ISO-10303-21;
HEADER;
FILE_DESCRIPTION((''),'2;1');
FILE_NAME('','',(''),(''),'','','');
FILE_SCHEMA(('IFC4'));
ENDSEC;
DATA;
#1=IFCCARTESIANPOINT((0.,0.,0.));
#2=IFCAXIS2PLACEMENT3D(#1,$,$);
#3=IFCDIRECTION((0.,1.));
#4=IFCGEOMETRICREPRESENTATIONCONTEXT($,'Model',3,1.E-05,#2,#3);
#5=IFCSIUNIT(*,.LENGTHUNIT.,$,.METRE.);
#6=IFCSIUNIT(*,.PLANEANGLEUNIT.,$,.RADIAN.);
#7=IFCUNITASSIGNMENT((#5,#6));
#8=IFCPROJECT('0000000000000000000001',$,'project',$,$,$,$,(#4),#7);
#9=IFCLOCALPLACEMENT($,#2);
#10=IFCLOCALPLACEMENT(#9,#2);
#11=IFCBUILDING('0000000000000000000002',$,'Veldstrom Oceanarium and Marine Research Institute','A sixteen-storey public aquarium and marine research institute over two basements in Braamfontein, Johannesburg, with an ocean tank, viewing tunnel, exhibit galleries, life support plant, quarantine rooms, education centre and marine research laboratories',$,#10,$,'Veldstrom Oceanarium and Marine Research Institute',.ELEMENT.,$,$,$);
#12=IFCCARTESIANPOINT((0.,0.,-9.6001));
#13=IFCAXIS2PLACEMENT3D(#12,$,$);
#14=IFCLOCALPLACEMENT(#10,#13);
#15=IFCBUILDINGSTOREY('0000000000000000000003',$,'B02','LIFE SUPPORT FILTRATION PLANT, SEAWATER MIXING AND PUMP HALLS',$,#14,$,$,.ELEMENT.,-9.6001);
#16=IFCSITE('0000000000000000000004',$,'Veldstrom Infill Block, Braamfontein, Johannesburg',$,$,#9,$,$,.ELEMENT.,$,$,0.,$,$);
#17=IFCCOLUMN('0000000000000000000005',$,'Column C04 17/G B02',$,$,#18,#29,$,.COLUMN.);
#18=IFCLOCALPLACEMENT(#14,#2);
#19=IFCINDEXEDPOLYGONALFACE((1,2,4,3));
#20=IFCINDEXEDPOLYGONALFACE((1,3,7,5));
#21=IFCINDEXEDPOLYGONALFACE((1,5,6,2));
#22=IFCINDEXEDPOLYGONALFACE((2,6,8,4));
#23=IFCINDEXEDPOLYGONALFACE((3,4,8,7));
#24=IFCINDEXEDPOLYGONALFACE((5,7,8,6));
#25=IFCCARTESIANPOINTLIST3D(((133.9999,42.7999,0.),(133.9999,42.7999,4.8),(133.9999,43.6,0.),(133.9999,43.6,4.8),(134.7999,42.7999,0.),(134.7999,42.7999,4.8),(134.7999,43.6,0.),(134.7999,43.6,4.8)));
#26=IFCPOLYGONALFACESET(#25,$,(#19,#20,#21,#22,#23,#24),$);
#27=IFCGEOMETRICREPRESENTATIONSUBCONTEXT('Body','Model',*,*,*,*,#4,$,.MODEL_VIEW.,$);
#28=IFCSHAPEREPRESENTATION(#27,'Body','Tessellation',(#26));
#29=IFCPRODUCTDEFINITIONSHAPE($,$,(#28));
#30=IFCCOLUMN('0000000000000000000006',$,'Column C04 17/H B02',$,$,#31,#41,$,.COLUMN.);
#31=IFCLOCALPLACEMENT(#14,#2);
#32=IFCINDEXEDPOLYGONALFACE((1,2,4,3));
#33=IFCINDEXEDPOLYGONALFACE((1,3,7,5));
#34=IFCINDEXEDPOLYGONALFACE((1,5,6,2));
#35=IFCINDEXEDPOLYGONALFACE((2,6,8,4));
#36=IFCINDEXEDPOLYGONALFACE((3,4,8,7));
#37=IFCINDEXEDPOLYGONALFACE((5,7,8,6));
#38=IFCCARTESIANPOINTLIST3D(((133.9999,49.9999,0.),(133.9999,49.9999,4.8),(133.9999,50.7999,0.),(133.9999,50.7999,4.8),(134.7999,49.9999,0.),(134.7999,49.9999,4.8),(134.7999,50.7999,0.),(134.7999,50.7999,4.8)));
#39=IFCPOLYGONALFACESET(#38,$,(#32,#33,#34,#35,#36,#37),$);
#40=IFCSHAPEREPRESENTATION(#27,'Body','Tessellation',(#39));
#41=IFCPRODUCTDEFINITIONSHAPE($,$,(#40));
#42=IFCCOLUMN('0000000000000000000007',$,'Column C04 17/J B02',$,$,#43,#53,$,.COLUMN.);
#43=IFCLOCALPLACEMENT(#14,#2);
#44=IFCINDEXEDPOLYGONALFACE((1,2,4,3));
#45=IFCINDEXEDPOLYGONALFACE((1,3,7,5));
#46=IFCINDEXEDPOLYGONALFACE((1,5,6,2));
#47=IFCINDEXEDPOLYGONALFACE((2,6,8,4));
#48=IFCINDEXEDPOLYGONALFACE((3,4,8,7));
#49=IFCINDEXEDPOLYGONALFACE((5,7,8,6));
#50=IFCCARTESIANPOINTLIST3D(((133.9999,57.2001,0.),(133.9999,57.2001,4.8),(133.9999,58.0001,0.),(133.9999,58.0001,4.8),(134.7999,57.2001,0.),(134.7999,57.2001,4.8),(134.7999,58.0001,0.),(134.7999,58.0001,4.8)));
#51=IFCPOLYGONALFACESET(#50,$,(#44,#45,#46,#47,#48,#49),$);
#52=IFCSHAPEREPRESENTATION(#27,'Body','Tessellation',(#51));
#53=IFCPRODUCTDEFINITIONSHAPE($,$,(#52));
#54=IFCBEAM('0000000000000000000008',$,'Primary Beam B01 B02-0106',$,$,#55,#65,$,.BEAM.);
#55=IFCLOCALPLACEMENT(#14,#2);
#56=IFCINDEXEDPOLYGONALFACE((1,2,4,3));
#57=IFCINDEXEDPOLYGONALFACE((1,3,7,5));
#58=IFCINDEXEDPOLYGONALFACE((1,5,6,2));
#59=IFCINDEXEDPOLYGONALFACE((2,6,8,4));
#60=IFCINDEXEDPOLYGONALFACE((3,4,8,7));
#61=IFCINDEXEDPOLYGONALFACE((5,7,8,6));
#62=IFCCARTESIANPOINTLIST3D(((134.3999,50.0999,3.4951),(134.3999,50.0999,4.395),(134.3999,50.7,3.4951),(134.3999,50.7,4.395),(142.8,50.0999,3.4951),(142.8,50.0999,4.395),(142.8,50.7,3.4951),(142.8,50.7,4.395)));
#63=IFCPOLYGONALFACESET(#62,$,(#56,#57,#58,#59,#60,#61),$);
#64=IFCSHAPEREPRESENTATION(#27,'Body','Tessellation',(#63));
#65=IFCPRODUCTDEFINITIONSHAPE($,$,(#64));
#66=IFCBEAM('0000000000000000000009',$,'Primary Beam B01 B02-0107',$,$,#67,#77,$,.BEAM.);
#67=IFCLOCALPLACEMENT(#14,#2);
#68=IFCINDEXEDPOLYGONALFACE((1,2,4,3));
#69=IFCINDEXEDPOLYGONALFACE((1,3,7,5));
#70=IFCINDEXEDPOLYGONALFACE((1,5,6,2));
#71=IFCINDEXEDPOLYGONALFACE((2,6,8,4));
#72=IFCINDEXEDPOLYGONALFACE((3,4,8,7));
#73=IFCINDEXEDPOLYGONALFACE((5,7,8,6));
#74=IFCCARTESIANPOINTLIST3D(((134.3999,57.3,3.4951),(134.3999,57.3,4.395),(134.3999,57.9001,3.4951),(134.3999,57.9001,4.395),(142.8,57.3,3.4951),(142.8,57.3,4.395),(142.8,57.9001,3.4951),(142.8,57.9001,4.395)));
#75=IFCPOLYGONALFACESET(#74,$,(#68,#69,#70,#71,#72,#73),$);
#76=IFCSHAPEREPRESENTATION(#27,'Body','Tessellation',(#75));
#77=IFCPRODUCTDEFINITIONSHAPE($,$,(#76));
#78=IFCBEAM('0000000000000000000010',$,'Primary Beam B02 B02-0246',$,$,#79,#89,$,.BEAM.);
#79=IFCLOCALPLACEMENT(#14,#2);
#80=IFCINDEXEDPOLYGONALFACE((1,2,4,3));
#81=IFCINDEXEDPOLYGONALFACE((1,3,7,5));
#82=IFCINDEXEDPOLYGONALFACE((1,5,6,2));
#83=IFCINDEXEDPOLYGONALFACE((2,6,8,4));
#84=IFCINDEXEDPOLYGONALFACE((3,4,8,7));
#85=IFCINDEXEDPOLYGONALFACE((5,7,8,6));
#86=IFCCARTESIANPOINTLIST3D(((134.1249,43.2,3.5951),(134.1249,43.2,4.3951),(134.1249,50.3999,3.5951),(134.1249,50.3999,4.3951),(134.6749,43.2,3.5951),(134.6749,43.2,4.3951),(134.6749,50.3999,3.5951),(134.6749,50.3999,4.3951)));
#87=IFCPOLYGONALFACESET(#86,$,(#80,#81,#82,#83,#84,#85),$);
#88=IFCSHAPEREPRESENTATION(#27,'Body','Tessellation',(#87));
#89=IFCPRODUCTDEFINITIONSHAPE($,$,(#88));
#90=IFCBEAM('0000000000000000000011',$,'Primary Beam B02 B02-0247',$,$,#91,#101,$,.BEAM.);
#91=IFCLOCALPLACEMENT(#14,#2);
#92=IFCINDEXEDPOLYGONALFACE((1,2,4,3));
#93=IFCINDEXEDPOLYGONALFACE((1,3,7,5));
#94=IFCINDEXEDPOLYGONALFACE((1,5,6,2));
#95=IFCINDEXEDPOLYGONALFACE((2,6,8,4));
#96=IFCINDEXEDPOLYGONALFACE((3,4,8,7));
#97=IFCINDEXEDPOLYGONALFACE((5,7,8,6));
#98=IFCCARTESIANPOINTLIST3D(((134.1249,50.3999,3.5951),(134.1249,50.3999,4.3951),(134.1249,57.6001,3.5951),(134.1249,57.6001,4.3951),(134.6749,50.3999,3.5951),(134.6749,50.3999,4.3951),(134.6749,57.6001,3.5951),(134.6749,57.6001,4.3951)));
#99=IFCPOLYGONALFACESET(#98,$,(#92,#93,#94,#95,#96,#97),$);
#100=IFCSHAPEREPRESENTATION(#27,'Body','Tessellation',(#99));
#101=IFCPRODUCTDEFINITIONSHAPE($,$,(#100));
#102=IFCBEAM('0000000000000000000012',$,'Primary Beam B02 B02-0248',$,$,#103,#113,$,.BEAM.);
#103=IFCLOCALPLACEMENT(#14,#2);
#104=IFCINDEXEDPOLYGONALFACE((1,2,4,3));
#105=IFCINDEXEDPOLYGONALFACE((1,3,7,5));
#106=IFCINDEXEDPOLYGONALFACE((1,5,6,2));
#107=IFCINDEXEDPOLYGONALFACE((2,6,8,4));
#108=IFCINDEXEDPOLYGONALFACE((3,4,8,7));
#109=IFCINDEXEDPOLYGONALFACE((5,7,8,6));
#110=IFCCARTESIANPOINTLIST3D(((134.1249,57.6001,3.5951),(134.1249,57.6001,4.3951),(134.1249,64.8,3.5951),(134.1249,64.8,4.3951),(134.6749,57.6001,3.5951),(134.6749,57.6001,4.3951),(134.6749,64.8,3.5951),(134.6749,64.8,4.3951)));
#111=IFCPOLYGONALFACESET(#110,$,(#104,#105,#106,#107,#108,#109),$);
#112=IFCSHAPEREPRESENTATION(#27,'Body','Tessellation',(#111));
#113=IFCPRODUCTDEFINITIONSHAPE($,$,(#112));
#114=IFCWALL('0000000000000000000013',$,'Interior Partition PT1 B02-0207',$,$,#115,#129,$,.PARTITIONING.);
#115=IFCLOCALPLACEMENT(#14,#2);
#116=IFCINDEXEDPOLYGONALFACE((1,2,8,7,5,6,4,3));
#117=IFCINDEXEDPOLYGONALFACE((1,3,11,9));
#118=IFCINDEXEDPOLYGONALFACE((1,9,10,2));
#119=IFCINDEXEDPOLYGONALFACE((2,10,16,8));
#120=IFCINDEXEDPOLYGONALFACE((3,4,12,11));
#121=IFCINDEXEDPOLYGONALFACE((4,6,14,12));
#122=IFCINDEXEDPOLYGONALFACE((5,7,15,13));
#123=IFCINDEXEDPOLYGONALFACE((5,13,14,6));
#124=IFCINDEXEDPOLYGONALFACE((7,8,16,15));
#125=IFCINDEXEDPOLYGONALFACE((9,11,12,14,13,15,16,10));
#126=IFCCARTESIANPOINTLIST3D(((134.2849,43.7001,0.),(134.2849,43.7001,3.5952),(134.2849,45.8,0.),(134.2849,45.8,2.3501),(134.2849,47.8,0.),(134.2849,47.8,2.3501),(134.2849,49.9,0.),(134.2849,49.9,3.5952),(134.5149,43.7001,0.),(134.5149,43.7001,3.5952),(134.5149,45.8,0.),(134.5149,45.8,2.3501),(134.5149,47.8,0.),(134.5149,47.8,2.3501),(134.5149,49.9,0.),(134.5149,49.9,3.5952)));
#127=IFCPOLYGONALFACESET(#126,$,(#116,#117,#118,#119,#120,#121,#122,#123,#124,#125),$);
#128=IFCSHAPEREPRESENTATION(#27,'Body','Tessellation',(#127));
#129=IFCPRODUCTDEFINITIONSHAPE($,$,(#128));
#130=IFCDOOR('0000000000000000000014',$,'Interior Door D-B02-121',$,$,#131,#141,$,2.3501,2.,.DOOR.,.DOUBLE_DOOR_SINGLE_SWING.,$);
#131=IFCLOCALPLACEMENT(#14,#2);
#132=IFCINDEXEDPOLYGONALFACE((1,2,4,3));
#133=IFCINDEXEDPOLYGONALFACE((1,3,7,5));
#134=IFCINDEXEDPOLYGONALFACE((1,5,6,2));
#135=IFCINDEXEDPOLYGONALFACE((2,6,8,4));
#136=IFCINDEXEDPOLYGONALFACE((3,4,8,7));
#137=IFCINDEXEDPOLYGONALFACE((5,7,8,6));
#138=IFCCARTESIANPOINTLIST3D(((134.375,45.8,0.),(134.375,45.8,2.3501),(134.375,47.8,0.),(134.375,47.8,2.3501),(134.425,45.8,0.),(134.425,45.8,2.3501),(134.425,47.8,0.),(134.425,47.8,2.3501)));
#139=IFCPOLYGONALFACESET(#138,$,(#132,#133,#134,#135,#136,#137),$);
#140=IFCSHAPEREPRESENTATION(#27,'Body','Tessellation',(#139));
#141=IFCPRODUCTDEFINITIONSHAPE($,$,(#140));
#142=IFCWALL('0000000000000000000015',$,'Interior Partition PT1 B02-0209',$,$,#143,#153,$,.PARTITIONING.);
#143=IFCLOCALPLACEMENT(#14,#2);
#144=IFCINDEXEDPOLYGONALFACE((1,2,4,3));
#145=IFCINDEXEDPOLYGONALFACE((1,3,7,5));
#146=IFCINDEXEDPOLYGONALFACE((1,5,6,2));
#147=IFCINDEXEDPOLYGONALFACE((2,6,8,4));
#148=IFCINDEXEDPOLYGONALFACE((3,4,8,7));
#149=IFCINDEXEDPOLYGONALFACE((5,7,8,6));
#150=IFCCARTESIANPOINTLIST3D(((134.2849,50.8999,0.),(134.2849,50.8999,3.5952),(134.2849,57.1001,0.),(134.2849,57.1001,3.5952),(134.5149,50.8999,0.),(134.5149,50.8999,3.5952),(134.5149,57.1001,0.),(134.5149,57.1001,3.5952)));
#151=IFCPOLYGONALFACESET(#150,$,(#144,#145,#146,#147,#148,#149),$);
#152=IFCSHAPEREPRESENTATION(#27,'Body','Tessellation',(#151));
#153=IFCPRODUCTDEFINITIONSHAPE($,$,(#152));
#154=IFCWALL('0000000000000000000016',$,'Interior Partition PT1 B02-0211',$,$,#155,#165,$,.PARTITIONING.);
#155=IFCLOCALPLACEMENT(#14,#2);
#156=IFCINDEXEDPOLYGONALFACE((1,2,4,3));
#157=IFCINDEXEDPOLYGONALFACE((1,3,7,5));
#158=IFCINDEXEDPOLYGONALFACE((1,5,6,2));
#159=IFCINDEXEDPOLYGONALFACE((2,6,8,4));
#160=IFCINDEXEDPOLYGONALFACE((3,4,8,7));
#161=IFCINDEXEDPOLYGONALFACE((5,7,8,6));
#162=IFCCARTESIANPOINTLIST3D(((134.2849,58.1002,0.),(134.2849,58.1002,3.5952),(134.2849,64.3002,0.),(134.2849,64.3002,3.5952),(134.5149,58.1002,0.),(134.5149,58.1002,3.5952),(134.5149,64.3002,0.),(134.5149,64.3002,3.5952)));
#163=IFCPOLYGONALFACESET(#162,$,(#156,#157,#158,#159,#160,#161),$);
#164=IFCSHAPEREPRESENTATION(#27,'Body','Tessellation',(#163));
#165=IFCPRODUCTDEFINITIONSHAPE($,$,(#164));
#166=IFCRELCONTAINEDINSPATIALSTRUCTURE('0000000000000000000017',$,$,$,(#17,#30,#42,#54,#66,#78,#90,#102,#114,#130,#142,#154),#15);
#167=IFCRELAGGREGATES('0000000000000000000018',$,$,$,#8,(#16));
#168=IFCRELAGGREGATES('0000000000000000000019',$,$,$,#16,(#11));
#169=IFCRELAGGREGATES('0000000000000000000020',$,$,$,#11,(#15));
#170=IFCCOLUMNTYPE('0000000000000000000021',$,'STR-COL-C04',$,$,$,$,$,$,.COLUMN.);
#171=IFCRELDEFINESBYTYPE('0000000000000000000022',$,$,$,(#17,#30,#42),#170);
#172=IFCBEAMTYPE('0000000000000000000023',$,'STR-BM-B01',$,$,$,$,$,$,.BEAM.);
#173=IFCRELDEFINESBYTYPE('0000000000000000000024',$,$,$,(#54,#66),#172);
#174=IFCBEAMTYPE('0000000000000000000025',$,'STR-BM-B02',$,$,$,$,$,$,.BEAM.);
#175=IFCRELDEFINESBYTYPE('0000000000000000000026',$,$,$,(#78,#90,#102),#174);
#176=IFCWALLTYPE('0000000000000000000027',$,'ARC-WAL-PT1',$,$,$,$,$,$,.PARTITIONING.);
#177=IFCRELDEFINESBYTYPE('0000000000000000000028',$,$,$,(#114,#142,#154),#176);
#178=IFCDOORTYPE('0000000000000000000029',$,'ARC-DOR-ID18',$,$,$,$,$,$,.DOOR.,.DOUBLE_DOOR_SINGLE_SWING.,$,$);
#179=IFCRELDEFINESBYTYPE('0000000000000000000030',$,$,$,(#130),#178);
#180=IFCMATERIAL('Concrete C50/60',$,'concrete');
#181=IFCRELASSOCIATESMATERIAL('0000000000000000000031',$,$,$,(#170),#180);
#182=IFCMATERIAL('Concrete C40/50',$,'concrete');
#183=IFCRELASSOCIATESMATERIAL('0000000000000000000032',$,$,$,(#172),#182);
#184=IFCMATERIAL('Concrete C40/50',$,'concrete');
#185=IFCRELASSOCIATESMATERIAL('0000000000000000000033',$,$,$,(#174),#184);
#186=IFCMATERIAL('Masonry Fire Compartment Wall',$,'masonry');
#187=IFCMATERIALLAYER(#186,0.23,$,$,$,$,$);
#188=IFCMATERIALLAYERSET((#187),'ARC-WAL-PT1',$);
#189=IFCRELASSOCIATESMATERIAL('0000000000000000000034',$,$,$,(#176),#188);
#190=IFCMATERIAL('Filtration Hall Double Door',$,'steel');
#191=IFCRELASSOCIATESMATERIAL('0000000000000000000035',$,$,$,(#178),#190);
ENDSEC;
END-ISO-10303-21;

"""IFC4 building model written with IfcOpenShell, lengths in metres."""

from ifc_helpers import new_model, si_unit, direction, frame, frame_2d, origin, origin_2d, place, context, subcontext, project, spatial, rectangle, extrude, material, layer, layer_set, material_profile, profile_set, type_object, element, fill, save


model = new_model("IFC4")

# Units and contexts
model_context = context("Model", 3, precision=1e-05, world=origin(), true_north=direction((0.0, 1.0)))
body_context = subcontext(model_context, "Body", "Model", "MODEL_VIEW")
ifc_project = project(units=[si_unit("LENGTHUNIT", "METRE"), si_unit("PLANEANGLEUNIT", "RADIAN")], contexts=[model_context])

# Site, building, storey
site_placement = place(None, origin())
site = spatial("IfcSite", under=ifc_project, at=site_placement, Name="Veldstrom Infill Block, Braamfontein, Johannesburg", CompositionType="ELEMENT", RefElevation=0.0)
building_placement = place(site_placement, origin())
building = spatial("IfcBuilding", under=site, at=building_placement, Name="Veldstrom Oceanarium and Marine Research Institute", Description="A sixteen-storey public aquarium and marine research institute over two basements in Braamfontein, Johannesburg, with an ocean tank, viewing tunnel, exhibit galleries, life support plant, quarantine rooms, education centre and marine research laboratories", LongName="Veldstrom Oceanarium and Marine Research Institute", CompositionType="ELEMENT")
storey_placement = place(building_placement, frame((0.0, 0.0, -9.6001)))
storey = spatial("IfcBuildingStorey", under=building, at=storey_placement, Name="B02", Description="LIFE SUPPORT FILTRATION PLANT, SEAWATER MIXING AND PUMP HALLS", CompositionType="ELEMENT", Elevation=-9.6001)

# Columns
ifc_material_1 = material(Name="Concrete C50/60", Category="concrete")
ifc_material_profile_1 = material_profile(ifc_material_1, rectangle(XDim=0.8, YDim=0.8, at=origin_2d()), Name="RC-COL-800x800")
ifc_profile_set_1 = profile_set([ifc_material_profile_1], Name="Concrete C50/60")
column_type = type_object("IfcColumnType", Name="STR-COL-C04", PredefinedType="COLUMN", material=ifc_profile_set_1)
for number, where, z_axis, x_axis, name in (
    (1, (134.3999, 43.2, 0.0), (0.0, 0.0, 1.0), (1.0, 0.0, 0.0), "Column C04 17/G B02"),
    (2, (134.3999, 50.3999, 0.0), (0.0, 0.0, 1.0), (1.0, 0.0, 0.0), "Column C04 17/H B02"),
    (3, (134.3999, 57.6001, 0.0), (0.0, 0.0, 1.0), (1.0, 0.0, 0.0), "Column C04 17/J B02"),
):
    element("IfcColumn", number, at=place(storey_placement, frame(where, z_axis=z_axis, x_axis=x_axis)), inside=storey, type_object=column_type, Name=name, PredefinedType="COLUMN", context=body_context, shape_type="SweptSolid", body=[
        extrude(rectangle(XDim=0.8, YDim=0.8, at=origin_2d()), origin(), (0.0, 0.0, 1.0), 4.8),
    ])

# Beams
ifc_material_2 = material(Name="Concrete C40/50", Category="concrete")
ifc_material_profile_2 = material_profile(ifc_material_2, rectangle(XDim=0.6001, YDim=0.8999, at=origin_2d()), Name="RC-BM-600x900")
ifc_profile_set_2 = profile_set([ifc_material_profile_2], Name="Concrete C40/50")
beam_type_1 = type_object("IfcBeamType", Name="STR-BM-B01", PredefinedType="BEAM", material=ifc_profile_set_2)
for number, where, z_axis, x_axis, name in (
    (4, (134.3999, 50.3999, 3.9451), (1.0, 0.0, 0.0), (0.0, 1.0, 0.0), "Primary Beam B01 B02-0106"),
    (5, (134.3999, 57.6001, 3.9451), (1.0, 0.0, 0.0), (0.0, 1.0, 0.0), "Primary Beam B01 B02-0107"),
):
    element("IfcBeam", number, at=place(storey_placement, frame(where, z_axis=z_axis, x_axis=x_axis)), inside=storey, type_object=beam_type_1, Name=name, PredefinedType="BEAM", context=body_context, shape_type="SweptSolid", body=[
        extrude(rectangle(XDim=0.6001, YDim=0.8999, at=origin_2d()), origin(), (0.0, 0.0, 1.0), 8.4001),
    ])
ifc_material_3 = material(Name="Concrete C40/50", Category="concrete")
ifc_material_profile_3 = material_profile(ifc_material_3, rectangle(XDim=0.55, YDim=0.8, at=origin_2d()), Name="RC-BM-550x800")
ifc_profile_set_3 = profile_set([ifc_material_profile_3], Name="Concrete C40/50")
beam_type_2 = type_object("IfcBeamType", Name="STR-BM-B02", PredefinedType="BEAM", material=ifc_profile_set_3)
beam_1_placement = place(storey_placement, frame((134.3999, 43.2, 3.9951), z_axis=(0.0, 1.0, 0.0), x_axis=(-1.0, 0.0, 0.0)))
element("IfcBeam", 6, at=beam_1_placement, inside=storey, type_object=beam_type_2, Name="Primary Beam B02 B02-0246", PredefinedType="BEAM", context=body_context, shape_type="SweptSolid", body=[
    extrude(rectangle(XDim=0.55, YDim=0.8, at=origin_2d()), origin(), (0.0, 0.0, 1.0), 7.2),
])
beam_2_placement = place(storey_placement, frame((134.3999, 50.3999, 3.9951), z_axis=(0.0, 1.0, 0.0), x_axis=(-1.0, 0.0, 0.0)))
element("IfcBeam", 7, at=beam_2_placement, inside=storey, type_object=beam_type_2, Name="Primary Beam B02 B02-0247", PredefinedType="BEAM", context=body_context, shape_type="SweptSolid", body=[
    extrude(rectangle(XDim=0.55, YDim=0.8, at=origin_2d()), origin(), (0.0, 0.0, 1.0), 7.2002),
])
beam_3_placement = place(storey_placement, frame((134.3999, 57.6001, 3.9951), z_axis=(0.0, 1.0, 0.0), x_axis=(-1.0, 0.0, 0.0)))
element("IfcBeam", 8, at=beam_3_placement, inside=storey, type_object=beam_type_2, Name="Primary Beam B02 B02-0248", PredefinedType="BEAM", context=body_context, shape_type="SweptSolid", body=[
    extrude(rectangle(XDim=0.55, YDim=0.8, at=origin_2d()), origin(), (0.0, 0.0, 1.0), 7.2),
])

# Wall, opening, door
ifc_material_4 = material(Name="Masonry Fire Compartment Wall", Category="masonry")
ifc_layer_1 = layer(ifc_material_4, 0.23)
ifc_layer_set_1 = layer_set([ifc_layer_1], Name="ARC-WAL-PT1")
wall_type_1 = type_object("IfcWallType", Name="ARC-WAL-PT1", PredefinedType="PARTITIONING", material=ifc_layer_set_1)
wall_1_placement = place(storey_placement, frame((134.3999, 43.7, 0.0), z_axis=(0.0, 0.0, 1.0), x_axis=(0.0, 1.0, 0.0)))
wall_1 = element("IfcWall", 9, at=wall_1_placement, inside=storey, type_object=wall_type_1, Name="Interior Partition PT1 B02-0207", PredefinedType="PARTITIONING", context=body_context, shape_type="SweptSolid", body=[
    extrude(rectangle(XDim=6.2, YDim=0.23, at=frame_2d((3.1001, 0.0))), origin(), (0.0, 0.0, 1.0), 3.5952),
])
opening_1_placement = place(wall_1_placement, frame((2.1001, 0.0, 0.0)))
opening_1 = element("IfcOpeningElement", 10, at=opening_1_placement, cuts=wall_1, PredefinedType="OPENING", context=body_context, shape_type="SweptSolid", body=[
    extrude(rectangle(XDim=2.0, YDim=2.3501, at=frame_2d((1.0, 1.175))), frame((0.0, 0.125, 0.0), z_axis=(0.0, -1.0, 0.0), x_axis=(1.0, 0.0, 0.0)), (0.0, 0.0, 1.0), 0.25),
])
ifc_material_5 = material(Name="Filtration Hall Double Door", Category="steel")
door_type = type_object("IfcDoorType", Name="ARC-DOR-ID18", OperationType="DOUBLE_DOOR_SINGLE_SWING", PredefinedType="DOOR", material=ifc_material_5)
door_1_placement = place(opening_1_placement, origin())
door_1 = element("IfcDoor", 11, at=door_1_placement, inside=storey, type_object=door_type, Name="Interior Door D-B02-121", OperationType="DOUBLE_DOOR_SINGLE_SWING", OverallHeight=2.3501, OverallWidth=2.0, PredefinedType="DOOR", context=body_context, shape_type="SweptSolid", body=[
    extrude(rectangle(XDim=2.0, YDim=2.3501, at=frame_2d((1.0, 1.175))), frame((0.0, 0.0249, 0.0), z_axis=(0.0, -1.0, 0.0), x_axis=(1.0, 0.0, 0.0)), (0.0, 0.0, 1.0), 0.05),
])
fill(opening_1, door_1)

# Walls
wall_2_placement = place(storey_placement, frame((134.3999, 50.8999, 0.0), z_axis=(0.0, 0.0, 1.0), x_axis=(0.0, 1.0, 0.0)))
element("IfcWall", 12, at=wall_2_placement, inside=storey, type_object=wall_type_1, Name="Interior Partition PT1 B02-0209", PredefinedType="PARTITIONING", context=body_context, shape_type="SweptSolid", body=[
    extrude(rectangle(XDim=6.2002, YDim=0.23, at=frame_2d((3.1001, 0.0))), origin(), (0.0, 0.0, 1.0), 3.5952),
])
wall_3_placement = place(storey_placement, frame((134.3999, 58.1001, 0.0), z_axis=(0.0, 0.0, 1.0), x_axis=(0.0, 1.0, 0.0)))
element("IfcWall", 13, at=wall_3_placement, inside=storey, type_object=wall_type_1, Name="Interior Partition PT1 B02-0211", PredefinedType="PARTITIONING", context=body_context, shape_type="SweptSolid", body=[
    extrude(rectangle(XDim=6.2, YDim=0.23, at=frame_2d((3.1001, 0.0))), origin(), (0.0, 0.0, 1.0), 3.5952),
])

save(model, "model.ifc")
